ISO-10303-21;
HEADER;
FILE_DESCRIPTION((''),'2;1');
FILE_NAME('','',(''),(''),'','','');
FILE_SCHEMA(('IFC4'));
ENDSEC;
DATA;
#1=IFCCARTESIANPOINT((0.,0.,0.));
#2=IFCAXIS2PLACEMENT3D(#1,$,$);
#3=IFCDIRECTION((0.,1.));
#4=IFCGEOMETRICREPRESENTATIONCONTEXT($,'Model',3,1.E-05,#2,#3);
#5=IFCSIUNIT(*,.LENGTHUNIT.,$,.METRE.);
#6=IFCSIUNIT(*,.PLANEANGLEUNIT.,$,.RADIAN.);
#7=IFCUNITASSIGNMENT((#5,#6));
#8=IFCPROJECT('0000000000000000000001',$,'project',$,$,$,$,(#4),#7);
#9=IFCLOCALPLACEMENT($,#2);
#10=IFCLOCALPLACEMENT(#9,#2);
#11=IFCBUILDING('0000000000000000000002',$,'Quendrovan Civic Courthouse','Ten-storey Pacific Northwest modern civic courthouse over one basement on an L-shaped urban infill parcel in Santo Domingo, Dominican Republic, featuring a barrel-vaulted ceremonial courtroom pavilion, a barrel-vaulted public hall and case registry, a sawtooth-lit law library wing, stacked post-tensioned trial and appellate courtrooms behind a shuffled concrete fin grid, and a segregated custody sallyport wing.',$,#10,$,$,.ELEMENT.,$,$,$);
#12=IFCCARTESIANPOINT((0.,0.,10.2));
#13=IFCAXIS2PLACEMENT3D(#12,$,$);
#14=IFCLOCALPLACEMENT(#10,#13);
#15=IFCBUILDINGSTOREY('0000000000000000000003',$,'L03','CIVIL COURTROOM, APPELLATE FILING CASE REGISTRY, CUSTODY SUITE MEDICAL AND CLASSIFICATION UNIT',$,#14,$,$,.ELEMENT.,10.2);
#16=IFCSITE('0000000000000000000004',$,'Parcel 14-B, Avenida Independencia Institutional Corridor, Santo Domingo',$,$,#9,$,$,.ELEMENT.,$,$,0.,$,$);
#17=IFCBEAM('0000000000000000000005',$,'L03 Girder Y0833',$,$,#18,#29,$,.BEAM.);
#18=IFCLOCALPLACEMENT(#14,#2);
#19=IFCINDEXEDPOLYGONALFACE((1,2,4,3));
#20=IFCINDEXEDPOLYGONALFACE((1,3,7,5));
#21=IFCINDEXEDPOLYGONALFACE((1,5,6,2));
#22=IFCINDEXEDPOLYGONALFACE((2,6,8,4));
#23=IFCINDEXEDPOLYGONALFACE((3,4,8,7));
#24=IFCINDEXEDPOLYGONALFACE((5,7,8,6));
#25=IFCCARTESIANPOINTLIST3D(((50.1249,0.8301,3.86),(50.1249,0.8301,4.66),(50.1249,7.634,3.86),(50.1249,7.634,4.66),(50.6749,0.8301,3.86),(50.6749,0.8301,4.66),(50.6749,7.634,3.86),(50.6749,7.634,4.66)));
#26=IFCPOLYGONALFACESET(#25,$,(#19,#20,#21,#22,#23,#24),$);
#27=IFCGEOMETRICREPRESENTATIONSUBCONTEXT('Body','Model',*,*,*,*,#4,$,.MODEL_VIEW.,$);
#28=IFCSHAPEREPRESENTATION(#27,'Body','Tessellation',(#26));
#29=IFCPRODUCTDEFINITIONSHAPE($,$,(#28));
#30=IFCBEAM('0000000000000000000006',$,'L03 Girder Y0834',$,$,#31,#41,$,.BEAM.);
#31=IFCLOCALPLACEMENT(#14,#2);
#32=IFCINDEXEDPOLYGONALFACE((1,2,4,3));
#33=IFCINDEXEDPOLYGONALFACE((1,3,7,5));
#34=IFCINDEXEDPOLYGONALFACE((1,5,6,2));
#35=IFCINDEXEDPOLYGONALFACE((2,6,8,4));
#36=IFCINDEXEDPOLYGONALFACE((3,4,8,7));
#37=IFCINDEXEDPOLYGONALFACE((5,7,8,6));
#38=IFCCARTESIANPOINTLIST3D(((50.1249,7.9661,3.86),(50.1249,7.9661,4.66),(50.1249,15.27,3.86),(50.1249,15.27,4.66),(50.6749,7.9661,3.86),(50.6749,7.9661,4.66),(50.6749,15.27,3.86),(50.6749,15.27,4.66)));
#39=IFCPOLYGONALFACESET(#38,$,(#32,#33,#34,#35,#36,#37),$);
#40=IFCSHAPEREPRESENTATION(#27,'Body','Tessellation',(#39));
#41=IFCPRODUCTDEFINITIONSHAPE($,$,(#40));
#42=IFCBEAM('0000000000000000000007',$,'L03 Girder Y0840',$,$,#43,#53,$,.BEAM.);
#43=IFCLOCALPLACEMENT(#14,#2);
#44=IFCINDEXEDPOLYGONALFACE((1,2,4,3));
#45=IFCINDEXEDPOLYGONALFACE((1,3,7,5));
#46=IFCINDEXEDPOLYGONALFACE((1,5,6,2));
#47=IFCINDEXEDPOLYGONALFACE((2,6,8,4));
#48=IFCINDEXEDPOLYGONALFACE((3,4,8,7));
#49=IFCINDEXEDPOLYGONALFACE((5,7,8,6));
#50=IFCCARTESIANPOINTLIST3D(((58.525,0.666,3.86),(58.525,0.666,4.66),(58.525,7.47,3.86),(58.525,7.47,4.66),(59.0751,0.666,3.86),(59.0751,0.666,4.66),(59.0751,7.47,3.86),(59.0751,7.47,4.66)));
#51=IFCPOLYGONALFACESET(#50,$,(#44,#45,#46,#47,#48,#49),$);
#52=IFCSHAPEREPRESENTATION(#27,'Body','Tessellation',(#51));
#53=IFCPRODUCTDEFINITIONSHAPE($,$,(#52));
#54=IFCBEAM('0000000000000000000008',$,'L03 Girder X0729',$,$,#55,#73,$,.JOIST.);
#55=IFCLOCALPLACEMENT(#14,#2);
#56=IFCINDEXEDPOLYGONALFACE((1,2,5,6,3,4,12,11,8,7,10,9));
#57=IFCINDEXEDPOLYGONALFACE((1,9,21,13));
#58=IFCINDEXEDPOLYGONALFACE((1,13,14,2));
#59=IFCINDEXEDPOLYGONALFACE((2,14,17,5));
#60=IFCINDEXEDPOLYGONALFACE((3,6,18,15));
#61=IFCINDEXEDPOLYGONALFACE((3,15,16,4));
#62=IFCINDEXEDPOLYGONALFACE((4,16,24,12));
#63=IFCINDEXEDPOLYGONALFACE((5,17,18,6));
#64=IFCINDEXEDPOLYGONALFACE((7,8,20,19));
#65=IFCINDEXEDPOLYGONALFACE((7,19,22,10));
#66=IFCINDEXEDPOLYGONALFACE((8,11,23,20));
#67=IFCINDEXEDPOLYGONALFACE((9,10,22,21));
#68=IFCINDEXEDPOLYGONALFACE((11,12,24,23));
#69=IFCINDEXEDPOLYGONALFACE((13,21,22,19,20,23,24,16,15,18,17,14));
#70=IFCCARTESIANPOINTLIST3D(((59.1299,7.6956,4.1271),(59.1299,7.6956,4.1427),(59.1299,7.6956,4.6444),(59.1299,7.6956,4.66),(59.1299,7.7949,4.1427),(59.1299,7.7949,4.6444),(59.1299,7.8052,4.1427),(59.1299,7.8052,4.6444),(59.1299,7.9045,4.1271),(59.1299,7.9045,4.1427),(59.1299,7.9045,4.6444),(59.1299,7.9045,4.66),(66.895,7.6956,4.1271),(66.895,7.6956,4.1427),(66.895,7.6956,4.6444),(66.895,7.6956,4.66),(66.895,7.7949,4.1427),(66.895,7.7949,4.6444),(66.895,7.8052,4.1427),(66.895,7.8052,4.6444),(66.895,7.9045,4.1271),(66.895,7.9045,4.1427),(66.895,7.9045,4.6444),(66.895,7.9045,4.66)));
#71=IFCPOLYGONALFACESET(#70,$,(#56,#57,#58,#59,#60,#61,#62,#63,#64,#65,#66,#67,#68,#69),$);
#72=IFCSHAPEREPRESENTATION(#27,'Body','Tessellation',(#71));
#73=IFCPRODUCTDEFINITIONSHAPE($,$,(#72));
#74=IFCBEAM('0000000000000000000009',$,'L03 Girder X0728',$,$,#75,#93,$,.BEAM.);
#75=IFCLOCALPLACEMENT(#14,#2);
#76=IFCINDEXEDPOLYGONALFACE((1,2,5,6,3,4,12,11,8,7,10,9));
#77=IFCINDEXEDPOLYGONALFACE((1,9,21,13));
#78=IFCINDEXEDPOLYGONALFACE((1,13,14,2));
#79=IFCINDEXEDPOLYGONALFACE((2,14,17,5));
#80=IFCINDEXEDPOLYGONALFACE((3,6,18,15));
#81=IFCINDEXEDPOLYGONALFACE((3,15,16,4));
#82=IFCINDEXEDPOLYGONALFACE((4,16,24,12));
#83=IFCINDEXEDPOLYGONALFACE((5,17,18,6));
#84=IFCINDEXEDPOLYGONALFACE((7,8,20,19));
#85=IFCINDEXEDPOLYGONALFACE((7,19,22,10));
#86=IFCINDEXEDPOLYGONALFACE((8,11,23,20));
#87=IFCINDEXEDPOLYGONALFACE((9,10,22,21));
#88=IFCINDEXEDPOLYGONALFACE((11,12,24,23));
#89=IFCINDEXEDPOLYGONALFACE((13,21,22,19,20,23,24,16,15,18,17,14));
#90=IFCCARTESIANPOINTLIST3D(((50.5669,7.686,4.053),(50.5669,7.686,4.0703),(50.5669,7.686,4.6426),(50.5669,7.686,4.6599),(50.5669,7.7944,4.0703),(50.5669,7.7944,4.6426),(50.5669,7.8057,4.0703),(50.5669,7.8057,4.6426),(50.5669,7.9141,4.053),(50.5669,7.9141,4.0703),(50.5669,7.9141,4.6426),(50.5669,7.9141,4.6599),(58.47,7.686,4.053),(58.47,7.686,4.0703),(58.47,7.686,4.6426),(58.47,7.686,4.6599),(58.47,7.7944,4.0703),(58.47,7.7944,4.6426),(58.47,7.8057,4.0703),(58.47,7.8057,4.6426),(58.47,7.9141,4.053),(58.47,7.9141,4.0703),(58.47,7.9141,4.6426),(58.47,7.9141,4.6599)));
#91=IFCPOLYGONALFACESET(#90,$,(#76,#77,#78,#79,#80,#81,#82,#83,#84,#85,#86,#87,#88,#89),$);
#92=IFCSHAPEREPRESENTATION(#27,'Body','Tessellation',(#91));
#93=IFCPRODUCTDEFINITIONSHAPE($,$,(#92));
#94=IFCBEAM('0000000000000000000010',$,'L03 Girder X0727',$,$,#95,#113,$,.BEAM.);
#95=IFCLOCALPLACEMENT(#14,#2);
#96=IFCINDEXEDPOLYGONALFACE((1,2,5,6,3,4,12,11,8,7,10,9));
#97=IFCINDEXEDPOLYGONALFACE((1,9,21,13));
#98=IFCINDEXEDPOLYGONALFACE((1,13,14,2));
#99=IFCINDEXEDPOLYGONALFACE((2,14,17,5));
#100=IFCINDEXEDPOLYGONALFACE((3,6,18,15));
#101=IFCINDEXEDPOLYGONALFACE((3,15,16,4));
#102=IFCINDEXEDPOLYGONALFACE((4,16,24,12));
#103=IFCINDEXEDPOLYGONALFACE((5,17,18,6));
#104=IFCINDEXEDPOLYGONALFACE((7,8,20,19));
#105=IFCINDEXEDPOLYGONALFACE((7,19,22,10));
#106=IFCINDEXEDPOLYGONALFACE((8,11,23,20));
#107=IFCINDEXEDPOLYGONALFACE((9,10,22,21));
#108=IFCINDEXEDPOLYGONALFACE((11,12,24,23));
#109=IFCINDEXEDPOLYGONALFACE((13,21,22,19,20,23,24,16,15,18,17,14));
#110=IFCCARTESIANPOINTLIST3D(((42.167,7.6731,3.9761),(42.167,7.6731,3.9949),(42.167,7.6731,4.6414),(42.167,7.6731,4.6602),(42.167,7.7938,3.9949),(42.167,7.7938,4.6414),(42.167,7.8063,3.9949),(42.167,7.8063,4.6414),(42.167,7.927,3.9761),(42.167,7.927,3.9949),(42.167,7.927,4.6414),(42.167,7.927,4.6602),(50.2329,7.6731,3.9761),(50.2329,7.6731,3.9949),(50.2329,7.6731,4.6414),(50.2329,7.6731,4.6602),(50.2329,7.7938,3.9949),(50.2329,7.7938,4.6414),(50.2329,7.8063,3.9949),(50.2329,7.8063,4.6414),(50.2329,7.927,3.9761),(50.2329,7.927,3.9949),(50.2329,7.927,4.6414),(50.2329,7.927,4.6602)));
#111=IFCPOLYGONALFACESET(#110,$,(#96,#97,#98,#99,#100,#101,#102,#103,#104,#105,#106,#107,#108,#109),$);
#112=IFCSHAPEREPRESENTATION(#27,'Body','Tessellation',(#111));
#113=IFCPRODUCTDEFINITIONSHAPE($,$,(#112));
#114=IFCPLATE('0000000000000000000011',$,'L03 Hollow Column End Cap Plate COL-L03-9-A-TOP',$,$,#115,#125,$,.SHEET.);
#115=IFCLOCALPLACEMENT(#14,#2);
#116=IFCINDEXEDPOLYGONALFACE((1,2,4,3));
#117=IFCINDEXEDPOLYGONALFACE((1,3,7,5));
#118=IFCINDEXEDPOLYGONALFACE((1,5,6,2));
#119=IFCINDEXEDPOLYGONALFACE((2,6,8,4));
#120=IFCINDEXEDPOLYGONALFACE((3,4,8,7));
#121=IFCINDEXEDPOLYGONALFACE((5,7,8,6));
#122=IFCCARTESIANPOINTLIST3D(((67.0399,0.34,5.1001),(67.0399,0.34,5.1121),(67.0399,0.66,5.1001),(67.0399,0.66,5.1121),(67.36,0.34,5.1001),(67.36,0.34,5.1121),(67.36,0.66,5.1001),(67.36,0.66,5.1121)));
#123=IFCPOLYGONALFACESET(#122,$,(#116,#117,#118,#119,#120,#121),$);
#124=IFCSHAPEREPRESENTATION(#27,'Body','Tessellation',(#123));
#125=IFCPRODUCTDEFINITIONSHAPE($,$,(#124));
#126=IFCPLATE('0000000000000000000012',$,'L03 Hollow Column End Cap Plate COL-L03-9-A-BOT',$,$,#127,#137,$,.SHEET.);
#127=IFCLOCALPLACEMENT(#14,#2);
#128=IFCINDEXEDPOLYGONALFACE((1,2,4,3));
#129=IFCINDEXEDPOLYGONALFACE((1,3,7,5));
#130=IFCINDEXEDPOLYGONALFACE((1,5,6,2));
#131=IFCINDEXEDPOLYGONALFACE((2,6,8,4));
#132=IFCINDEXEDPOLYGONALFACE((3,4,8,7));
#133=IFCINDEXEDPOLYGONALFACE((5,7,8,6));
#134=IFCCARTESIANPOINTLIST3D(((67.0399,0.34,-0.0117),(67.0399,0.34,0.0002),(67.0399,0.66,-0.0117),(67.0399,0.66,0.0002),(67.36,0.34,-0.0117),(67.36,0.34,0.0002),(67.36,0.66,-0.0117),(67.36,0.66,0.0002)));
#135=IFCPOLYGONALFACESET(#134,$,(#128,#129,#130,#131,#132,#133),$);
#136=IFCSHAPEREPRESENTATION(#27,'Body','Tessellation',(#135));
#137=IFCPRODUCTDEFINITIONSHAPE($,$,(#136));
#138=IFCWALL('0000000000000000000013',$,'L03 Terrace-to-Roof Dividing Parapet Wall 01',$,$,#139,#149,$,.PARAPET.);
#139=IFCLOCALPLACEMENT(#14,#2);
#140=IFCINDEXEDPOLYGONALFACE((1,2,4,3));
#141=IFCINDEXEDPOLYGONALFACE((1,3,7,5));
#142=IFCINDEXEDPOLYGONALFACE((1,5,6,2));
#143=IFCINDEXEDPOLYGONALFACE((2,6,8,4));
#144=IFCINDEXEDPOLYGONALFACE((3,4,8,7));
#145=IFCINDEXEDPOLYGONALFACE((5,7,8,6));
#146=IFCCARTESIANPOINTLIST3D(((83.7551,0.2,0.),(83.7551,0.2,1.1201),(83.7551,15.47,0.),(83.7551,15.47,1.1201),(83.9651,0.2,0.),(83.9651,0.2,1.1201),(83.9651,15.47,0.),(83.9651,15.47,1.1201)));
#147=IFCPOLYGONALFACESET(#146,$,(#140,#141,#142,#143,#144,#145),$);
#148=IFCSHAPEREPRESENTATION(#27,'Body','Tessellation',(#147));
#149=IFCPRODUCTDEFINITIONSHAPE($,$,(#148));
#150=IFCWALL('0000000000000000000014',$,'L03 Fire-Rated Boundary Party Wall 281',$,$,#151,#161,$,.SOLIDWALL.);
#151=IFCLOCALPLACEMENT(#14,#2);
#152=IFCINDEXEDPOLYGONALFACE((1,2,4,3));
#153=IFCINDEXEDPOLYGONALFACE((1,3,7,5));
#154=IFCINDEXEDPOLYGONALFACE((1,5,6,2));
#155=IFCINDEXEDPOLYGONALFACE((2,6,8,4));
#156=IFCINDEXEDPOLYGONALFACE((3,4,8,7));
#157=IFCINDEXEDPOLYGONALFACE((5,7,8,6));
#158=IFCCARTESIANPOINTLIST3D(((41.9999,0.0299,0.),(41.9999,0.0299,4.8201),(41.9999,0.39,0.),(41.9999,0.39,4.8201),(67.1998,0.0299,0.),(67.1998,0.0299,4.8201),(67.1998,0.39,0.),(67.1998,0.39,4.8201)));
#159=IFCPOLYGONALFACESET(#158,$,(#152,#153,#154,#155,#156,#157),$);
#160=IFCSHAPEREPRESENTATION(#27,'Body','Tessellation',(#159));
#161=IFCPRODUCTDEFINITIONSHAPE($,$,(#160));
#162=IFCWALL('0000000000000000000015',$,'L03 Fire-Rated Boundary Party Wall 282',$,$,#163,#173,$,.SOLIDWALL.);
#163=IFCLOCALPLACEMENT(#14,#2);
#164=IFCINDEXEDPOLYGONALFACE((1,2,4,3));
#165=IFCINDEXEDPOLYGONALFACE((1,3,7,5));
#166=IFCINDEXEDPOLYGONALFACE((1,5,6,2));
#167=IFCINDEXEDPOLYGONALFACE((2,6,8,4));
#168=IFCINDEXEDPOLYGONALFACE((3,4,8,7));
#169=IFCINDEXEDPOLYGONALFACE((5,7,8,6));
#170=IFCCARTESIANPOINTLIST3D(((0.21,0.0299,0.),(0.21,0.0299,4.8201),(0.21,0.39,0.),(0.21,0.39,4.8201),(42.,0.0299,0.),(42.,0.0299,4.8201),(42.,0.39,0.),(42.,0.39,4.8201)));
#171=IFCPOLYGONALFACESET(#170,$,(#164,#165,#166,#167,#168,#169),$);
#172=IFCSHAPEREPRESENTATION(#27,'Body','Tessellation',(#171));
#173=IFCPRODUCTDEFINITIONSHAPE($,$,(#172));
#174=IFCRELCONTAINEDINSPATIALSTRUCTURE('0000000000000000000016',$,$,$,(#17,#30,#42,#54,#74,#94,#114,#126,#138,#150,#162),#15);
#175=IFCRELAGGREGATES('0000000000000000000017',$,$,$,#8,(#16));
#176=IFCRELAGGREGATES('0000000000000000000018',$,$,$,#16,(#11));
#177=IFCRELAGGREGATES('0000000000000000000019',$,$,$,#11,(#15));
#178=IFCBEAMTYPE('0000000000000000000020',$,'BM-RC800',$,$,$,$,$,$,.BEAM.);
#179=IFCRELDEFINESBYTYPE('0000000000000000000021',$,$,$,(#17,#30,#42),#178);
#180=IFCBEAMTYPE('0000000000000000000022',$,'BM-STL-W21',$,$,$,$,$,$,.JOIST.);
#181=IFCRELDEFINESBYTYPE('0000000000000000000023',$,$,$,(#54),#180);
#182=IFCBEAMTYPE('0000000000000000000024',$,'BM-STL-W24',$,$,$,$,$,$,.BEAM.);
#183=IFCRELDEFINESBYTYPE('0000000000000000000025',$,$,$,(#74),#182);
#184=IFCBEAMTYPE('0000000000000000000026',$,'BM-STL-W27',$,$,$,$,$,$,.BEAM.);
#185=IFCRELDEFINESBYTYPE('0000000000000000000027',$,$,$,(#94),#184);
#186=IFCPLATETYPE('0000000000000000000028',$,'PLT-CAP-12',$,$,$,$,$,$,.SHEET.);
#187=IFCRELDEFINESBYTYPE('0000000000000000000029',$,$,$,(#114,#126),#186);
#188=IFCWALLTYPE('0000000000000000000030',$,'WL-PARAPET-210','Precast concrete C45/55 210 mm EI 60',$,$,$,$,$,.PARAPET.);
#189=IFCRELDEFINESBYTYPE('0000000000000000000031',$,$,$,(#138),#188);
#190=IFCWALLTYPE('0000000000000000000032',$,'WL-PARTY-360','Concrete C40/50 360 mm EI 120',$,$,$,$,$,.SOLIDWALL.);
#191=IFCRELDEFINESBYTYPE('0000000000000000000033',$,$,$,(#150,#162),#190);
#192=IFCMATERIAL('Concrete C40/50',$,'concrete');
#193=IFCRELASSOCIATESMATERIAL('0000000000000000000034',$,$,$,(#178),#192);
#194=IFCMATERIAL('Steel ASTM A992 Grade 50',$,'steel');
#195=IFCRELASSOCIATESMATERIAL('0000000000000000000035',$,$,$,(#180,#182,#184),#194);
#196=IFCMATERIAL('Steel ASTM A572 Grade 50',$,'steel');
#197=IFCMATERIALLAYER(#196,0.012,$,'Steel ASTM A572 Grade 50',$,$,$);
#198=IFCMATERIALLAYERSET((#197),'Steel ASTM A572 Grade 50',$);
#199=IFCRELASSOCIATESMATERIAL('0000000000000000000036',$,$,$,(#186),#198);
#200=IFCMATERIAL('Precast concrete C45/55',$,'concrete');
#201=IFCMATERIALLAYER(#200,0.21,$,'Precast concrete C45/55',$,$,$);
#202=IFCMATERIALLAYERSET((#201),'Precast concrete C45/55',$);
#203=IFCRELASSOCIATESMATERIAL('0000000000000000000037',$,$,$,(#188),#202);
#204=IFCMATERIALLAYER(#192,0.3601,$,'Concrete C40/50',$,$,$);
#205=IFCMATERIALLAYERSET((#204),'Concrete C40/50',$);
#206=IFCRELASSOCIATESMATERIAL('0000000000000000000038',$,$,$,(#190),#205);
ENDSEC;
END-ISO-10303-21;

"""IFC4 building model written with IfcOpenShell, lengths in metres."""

from ifc_helpers import new_model, si_unit, direction, frame, frame_2d, origin, origin_2d, place, context, subcontext, project, spatial, rectangle, i_section, extrude, material, layer, layer_set, material_profile, profile_set, type_object, element, save


model = new_model("IFC4")

# Units and contexts
model_context = context("Model", 3, precision=1e-05, world=origin(), true_north=direction((0.0, 1.0)))
body_context = subcontext(model_context, "Body", "Model", "MODEL_VIEW")
ifc_project = project(units=[si_unit("LENGTHUNIT", "METRE"), si_unit("PLANEANGLEUNIT", "RADIAN")], contexts=[model_context])

# Site, building, storey
site_placement = place(None, origin())
site = spatial("IfcSite", under=ifc_project, at=site_placement, Name="Parcel 14-B, Avenida Independencia Institutional Corridor, Santo Domingo", CompositionType="ELEMENT", RefElevation=0.0)
building_placement = place(site_placement, origin())
building = spatial("IfcBuilding", under=site, at=building_placement, Name="Quendrovan Civic Courthouse", Description="Ten-storey Pacific Northwest modern civic courthouse over one basement on an L-shaped urban infill parcel in Santo Domingo, Dominican Republic, featuring a barrel-vaulted ceremonial courtroom pavilion, a barrel-vaulted public hall and case registry, a sawtooth-lit law library wing, stacked post-tensioned trial and appellate courtrooms behind a shuffled concrete fin grid, and a segregated custody sallyport wing.", CompositionType="ELEMENT")
storey_placement = place(building_placement, frame((0.0, 0.0, 10.2)))
storey = spatial("IfcBuildingStorey", under=building, at=storey_placement, Name="L03", Description="CIVIL COURTROOM, APPELLATE FILING CASE REGISTRY, CUSTODY SUITE MEDICAL AND CLASSIFICATION UNIT", CompositionType="ELEMENT", Elevation=10.2)

# Shared definitions
ifc_material_1 = material(Name="Steel ASTM A992 Grade 50", Category="steel")

# Beams
ifc_material_2 = material(Name="Concrete C40/50", Category="concrete")
ifc_material_profile_1 = material_profile(ifc_material_2, rectangle(XDim=0.55, YDim=0.8, at=origin_2d()), Name="RC-BM-550x800")
ifc_profile_set_1 = profile_set([ifc_material_profile_1], Name="Concrete C40/50")
beam_type_1 = type_object("IfcBeamType", Name="BM-RC800", PredefinedType="BEAM", material=ifc_profile_set_1)
beam_1_placement = place(storey_placement, frame((50.3999, 0.8301, 4.26), z_axis=(0.0, 1.0, 0.0), x_axis=(-1.0, 0.0, 0.0)))
element("IfcBeam", 1, at=beam_1_placement, inside=storey, type_object=beam_type_1, Name="L03 Girder Y0833", PredefinedType="BEAM", context=body_context, shape_type="SweptSolid", body=[
    extrude(rectangle(XDim=0.55, YDim=0.8, at=origin_2d()), origin(), (0.0, 0.0, 1.0), 6.804),
])
beam_2_placement = place(storey_placement, frame((50.3999, 7.9661, 4.26), z_axis=(0.0, 1.0, 0.0), x_axis=(-1.0, 0.0, 0.0)))
element("IfcBeam", 2, at=beam_2_placement, inside=storey, type_object=beam_type_1, Name="L03 Girder Y0834", PredefinedType="BEAM", context=body_context, shape_type="SweptSolid", body=[
    extrude(rectangle(XDim=0.55, YDim=0.8, at=origin_2d()), origin(), (0.0, 0.0, 1.0), 7.304),
])
beam_3_placement = place(storey_placement, frame((58.8, 0.666, 4.26), z_axis=(0.0, 1.0, 0.0), x_axis=(-1.0, 0.0, 0.0)))
element("IfcBeam", 3, at=beam_3_placement, inside=storey, type_object=beam_type_1, Name="L03 Girder Y0840", PredefinedType="BEAM", context=body_context, shape_type="SweptSolid", body=[
    extrude(rectangle(XDim=0.55, YDim=0.8, at=origin_2d()), origin(), (0.0, 0.0, 1.0), 6.804),
])
ifc_material_profile_2 = material_profile(ifc_material_1, i_section(OverallWidth=0.209, OverallDepth=0.533, WebThickness=0.0103, FlangeThickness=0.0156, at=origin_2d()), Name="W21X62")
ifc_profile_set_2 = profile_set([ifc_material_profile_2], Name="Steel ASTM A992 Grade 50")
beam_type_2 = type_object("IfcBeamType", Name="BM-STL-W21", PredefinedType="JOIST", material=ifc_profile_set_2)
beam_4_placement = place(storey_placement, frame((59.1299, 7.8, 4.3936), z_axis=(1.0, 0.0, 0.0), x_axis=(0.0, 1.0, 0.0)))
element("IfcBeam", 4, at=beam_4_placement, inside=storey, type_object=beam_type_2, Name="L03 Girder X0729", PredefinedType="JOIST", context=body_context, shape_type="SweptSolid", body=[
    extrude(i_section(OverallWidth=0.209, OverallDepth=0.533, WebThickness=0.0103, FlangeThickness=0.0156, at=origin_2d()), origin(), (0.0, 0.0, 1.0), 7.7651),
])
ifc_material_profile_3 = material_profile(ifc_material_1, i_section(OverallWidth=0.228, OverallDepth=0.6069, WebThickness=0.0112, FlangeThickness=0.0173, at=origin_2d()), Name="W24X76")
ifc_profile_set_3 = profile_set([ifc_material_profile_3], Name="Steel ASTM A992 Grade 50")
beam_type_3 = type_object("IfcBeamType", Name="BM-STL-W24", PredefinedType="BEAM", material=ifc_profile_set_3)
beam_5_placement = place(storey_placement, frame((50.5669, 7.8, 4.3564), z_axis=(1.0, 0.0, 0.0), x_axis=(0.0, 1.0, 0.0)))
element("IfcBeam", 5, at=beam_5_placement, inside=storey, type_object=beam_type_3, Name="L03 Girder X0728", PredefinedType="BEAM", context=body_context, shape_type="SweptSolid", body=[
    extrude(i_section(OverallWidth=0.228, OverallDepth=0.6069, WebThickness=0.0112, FlangeThickness=0.0173, at=origin_2d()), origin(), (0.0, 0.0, 1.0), 7.9031),
])
ifc_material_profile_4 = material_profile(ifc_material_1, i_section(OverallWidth=0.2539, OverallDepth=0.6841, WebThickness=0.0125, FlangeThickness=0.0188, at=origin_2d()), Name="W27X94")
ifc_profile_set_4 = profile_set([ifc_material_profile_4], Name="Steel ASTM A992 Grade 50")
beam_type_4 = type_object("IfcBeamType", Name="BM-STL-W27", PredefinedType="BEAM", material=ifc_profile_set_4)
beam_6_placement = place(storey_placement, frame((42.167, 7.8, 4.3181), z_axis=(1.0, 0.0, 0.0), x_axis=(0.0, 1.0, 0.0)))
element("IfcBeam", 6, at=beam_6_placement, inside=storey, type_object=beam_type_4, Name="L03 Girder X0727", PredefinedType="BEAM", context=body_context, shape_type="SweptSolid", body=[
    extrude(i_section(OverallWidth=0.2539, OverallDepth=0.6841, WebThickness=0.0125, FlangeThickness=0.0188, at=origin_2d()), origin(), (0.0, 0.0, 1.0), 8.0659),
])

# Plates
ifc_material_3 = material(Name="Steel ASTM A572 Grade 50", Category="steel")
ifc_layer_1 = layer(ifc_material_3, 0.012, Name="Steel ASTM A572 Grade 50")
ifc_layer_set_1 = layer_set([ifc_layer_1], Name="Steel ASTM A572 Grade 50")
plate_type = type_object("IfcPlateType", Name="PLT-CAP-12", PredefinedType="SHEET", material=ifc_layer_set_1)
for number, where, z_axis, x_axis, name in (
    (7, (67.2, 0.5, 5.1001), (0.0, 0.0, 1.0), (1.0, 0.0, 0.0), "L03 Hollow Column End Cap Plate COL-L03-9-A-TOP"),
    (8, (67.2, 0.5, -0.0117), (0.0, 0.0, 1.0), (1.0, 0.0, 0.0), "L03 Hollow Column End Cap Plate COL-L03-9-A-BOT"),
):
    element("IfcPlate", number, at=place(storey_placement, frame(where, z_axis=z_axis, x_axis=x_axis)), inside=storey, type_object=plate_type, Name=name, PredefinedType="SHEET", context=body_context, shape_type="SweptSolid", body=[
        extrude(rectangle(XDim=0.3201, YDim=0.3201, at=origin_2d()), origin(), (0.0, 0.0, 1.0), 0.012),
    ])

# Walls
ifc_material_4 = material(Name="Precast concrete C45/55", Category="concrete")
ifc_layer_2 = layer(ifc_material_4, 0.21, Name="Precast concrete C45/55")
ifc_layer_set_2 = layer_set([ifc_layer_2], Name="Precast concrete C45/55")
wall_type_1 = type_object("IfcWallType", Name="WL-PARAPET-210", Description="Precast concrete C45/55 210 mm EI 60", PredefinedType="PARAPET", material=ifc_layer_set_2)
wall_1_placement = place(storey_placement, frame((83.8601, 0.2, 0.0), z_axis=(0.0, 0.0, 1.0), x_axis=(0.0, 1.0, 0.0)))
element("IfcWall", 9, at=wall_1_placement, inside=storey, type_object=wall_type_1, Name="L03 Terrace-to-Roof Dividing Parapet Wall 01", PredefinedType="PARAPET", context=body_context, shape_type="SweptSolid", body=[
    extrude(rectangle(XDim=15.27, YDim=0.21, at=frame_2d((7.635, 0.0))), origin(), (0.0, 0.0, 1.0), 1.1201),
])
ifc_layer_3 = layer(ifc_material_2, 0.3601, Name="Concrete C40/50")
ifc_layer_set_3 = layer_set([ifc_layer_3], Name="Concrete C40/50")
wall_type_2 = type_object("IfcWallType", Name="WL-PARTY-360", Description="Concrete C40/50 360 mm EI 120", PredefinedType="SOLIDWALL", material=ifc_layer_set_3)
wall_2_placement = place(storey_placement, frame((67.2, 0.21, 0.0), z_axis=(0.0, 0.0, 1.0), x_axis=(-1.0, 0.0, 0.0)))
element("IfcWall", 10, at=wall_2_placement, inside=storey, type_object=wall_type_2, Name="L03 Fire-Rated Boundary Party Wall 281", PredefinedType="SOLIDWALL", context=body_context, shape_type="SweptSolid", body=[
    extrude(rectangle(XDim=25.2, YDim=0.3601, at=frame_2d((12.6001, 0.0))), origin(), (0.0, 0.0, 1.0), 4.8201),
])
wall_3_placement = place(storey_placement, frame((42.0, 0.21, 0.0), z_axis=(0.0, 0.0, 1.0), x_axis=(-1.0, 0.0, 0.0)))
element("IfcWall", 11, at=wall_3_placement, inside=storey, type_object=wall_type_2, Name="L03 Fire-Rated Boundary Party Wall 282", PredefinedType="SOLIDWALL", context=body_context, shape_type="SweptSolid", body=[
    extrude(rectangle(XDim=41.79, YDim=0.3601, at=frame_2d((20.895, 0.0))), origin(), (0.0, 0.0, 1.0), 4.8201),
])

save(model, "model.ifc")
